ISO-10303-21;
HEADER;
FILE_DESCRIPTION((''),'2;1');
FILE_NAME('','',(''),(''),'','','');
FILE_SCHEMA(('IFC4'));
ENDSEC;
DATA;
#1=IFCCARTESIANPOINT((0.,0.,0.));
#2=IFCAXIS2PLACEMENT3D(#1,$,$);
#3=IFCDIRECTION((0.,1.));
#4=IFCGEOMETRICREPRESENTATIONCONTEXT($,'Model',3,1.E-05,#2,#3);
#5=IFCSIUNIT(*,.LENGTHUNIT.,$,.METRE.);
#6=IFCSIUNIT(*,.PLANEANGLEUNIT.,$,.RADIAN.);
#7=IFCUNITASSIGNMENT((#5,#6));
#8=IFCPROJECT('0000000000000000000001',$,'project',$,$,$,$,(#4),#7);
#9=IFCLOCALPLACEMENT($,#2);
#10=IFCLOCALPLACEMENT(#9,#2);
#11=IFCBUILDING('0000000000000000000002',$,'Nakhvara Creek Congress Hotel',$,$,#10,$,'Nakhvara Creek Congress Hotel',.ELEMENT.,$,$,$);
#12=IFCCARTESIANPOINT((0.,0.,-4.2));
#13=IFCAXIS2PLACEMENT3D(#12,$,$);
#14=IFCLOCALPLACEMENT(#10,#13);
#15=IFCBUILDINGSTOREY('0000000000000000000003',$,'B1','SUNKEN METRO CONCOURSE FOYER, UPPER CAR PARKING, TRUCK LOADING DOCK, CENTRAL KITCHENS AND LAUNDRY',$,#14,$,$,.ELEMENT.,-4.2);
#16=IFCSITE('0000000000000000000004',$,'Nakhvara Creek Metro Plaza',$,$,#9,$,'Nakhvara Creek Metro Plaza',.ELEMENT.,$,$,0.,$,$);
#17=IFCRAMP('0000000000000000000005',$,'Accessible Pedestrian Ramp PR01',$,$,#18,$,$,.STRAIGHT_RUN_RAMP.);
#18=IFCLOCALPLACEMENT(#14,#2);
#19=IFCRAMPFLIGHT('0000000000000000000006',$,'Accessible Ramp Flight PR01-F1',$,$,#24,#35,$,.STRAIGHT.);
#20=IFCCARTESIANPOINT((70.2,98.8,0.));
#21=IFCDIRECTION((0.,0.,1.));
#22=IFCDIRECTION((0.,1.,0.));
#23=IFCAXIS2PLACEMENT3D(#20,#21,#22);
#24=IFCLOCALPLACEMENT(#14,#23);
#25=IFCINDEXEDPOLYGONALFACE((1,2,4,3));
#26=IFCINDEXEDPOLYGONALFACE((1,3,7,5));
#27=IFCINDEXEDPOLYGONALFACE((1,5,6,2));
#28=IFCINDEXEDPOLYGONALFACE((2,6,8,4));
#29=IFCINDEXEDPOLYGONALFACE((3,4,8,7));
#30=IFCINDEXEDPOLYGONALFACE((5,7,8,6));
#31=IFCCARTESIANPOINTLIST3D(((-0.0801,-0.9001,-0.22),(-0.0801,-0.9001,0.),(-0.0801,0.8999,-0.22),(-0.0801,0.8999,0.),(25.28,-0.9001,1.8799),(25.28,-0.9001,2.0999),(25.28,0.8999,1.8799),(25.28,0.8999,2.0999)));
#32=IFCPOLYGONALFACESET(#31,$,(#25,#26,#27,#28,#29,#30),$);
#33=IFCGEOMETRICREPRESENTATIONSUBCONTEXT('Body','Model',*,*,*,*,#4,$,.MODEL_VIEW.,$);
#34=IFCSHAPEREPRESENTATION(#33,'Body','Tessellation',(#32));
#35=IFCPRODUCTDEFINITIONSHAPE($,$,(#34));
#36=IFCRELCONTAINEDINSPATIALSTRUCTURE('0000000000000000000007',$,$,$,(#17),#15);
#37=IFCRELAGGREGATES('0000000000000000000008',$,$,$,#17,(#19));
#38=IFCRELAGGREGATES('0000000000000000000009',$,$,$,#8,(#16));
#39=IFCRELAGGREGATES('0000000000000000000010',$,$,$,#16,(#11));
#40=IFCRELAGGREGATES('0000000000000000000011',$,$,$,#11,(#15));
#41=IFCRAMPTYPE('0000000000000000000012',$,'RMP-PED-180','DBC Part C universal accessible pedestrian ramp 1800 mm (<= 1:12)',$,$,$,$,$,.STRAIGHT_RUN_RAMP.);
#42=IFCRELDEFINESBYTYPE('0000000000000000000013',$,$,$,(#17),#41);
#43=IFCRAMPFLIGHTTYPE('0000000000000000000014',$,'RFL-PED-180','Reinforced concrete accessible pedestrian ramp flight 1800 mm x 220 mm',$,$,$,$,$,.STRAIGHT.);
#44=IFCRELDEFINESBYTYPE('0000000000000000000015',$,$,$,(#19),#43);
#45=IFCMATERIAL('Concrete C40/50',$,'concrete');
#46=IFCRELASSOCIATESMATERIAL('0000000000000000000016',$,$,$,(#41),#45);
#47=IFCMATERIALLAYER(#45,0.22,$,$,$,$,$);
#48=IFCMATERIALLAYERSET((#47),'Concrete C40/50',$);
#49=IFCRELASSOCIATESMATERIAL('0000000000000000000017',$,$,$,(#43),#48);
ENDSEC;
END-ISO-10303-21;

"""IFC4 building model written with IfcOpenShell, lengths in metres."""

from ifc_helpers import new_model, si_unit, direction, frame, origin, place, context, subcontext, project, spatial, polyline, outline, extrude, material, layer, layer_set, type_object, element, aggregate, save


model = new_model("IFC4")

# Units and contexts
model_context = context("Model", 3, precision=1e-05, world=origin(), true_north=direction((0.0, 1.0)))
body_context = subcontext(model_context, "Body", "Model", "MODEL_VIEW")
ifc_project = project(units=[si_unit("LENGTHUNIT", "METRE"), si_unit("PLANEANGLEUNIT", "RADIAN")], contexts=[model_context])

# Site, building, storey
site_placement = place(None, origin())
site = spatial("IfcSite", under=ifc_project, at=site_placement, Name="Nakhvara Creek Metro Plaza", LongName="Nakhvara Creek Metro Plaza", CompositionType="ELEMENT", RefElevation=0.0)
building_placement = place(site_placement, origin())
building = spatial("IfcBuilding", under=site, at=building_placement, Name="Nakhvara Creek Congress Hotel", LongName="Nakhvara Creek Congress Hotel", CompositionType="ELEMENT")
storey_placement = place(building_placement, frame((0.0, 0.0, -4.2)))
storey = spatial("IfcBuildingStorey", under=building, at=storey_placement, Name="B1", Description="SUNKEN METRO CONCOURSE FOYER, UPPER CAR PARKING, TRUCK LOADING DOCK, CENTRAL KITCHENS AND LAUNDRY", CompositionType="ELEMENT", Elevation=-4.2)

# Shared definitions
ifc_material_1 = material(Name="Concrete C40/50", Category="concrete")

# Ramp, ramp flight
ramp_type = type_object("IfcRampType", Name="RMP-PED-180", Description="DBC Part C universal accessible pedestrian ramp 1800 mm (<= 1:12)", PredefinedType="STRAIGHT_RUN_RAMP", material=ifc_material_1)
ramp_placement = place(storey_placement, origin())
ramp = element("IfcRamp", 1, at=ramp_placement, inside=storey, type_object=ramp_type, Name="Accessible Pedestrian Ramp PR01", PredefinedType="STRAIGHT_RUN_RAMP")
ifc_layer_1 = layer(ifc_material_1, 0.22)
ifc_layer_set_1 = layer_set([ifc_layer_1], Name="Concrete C40/50")
ramp_flight_type = type_object("IfcRampFlightType", Name="RFL-PED-180", Description="Reinforced concrete accessible pedestrian ramp flight 1800 mm x 220 mm", PredefinedType="STRAIGHT", material=ifc_layer_set_1)
ramp_flight_placement = place(storey_placement, frame((70.2, 98.8, 0.0), z_axis=(0.0, 0.0, 1.0), x_axis=(0.0, 1.0, 0.0)))
ramp_flight = element("IfcRampFlight", 2, at=ramp_flight_placement, type_object=ramp_flight_type, Name="Accessible Ramp Flight PR01-F1", PredefinedType="STRAIGHT", context=body_context, shape_type="SweptSolid", body=[
    extrude(outline(polyline([(-0.0801, 0.0), (25.28, 2.0999), (25.28, 1.8799), (-0.0801, -0.22), (-0.0801, 0.0)])), frame((0.0, 0.8999, 0.0), z_axis=(0.0, -1.0, 0.0), x_axis=(1.0, 0.0, 0.0)), (0.0, 0.0, 1.0), 1.8),
])
aggregate(ramp, [ramp_flight])

save(model, "model.ifc")
